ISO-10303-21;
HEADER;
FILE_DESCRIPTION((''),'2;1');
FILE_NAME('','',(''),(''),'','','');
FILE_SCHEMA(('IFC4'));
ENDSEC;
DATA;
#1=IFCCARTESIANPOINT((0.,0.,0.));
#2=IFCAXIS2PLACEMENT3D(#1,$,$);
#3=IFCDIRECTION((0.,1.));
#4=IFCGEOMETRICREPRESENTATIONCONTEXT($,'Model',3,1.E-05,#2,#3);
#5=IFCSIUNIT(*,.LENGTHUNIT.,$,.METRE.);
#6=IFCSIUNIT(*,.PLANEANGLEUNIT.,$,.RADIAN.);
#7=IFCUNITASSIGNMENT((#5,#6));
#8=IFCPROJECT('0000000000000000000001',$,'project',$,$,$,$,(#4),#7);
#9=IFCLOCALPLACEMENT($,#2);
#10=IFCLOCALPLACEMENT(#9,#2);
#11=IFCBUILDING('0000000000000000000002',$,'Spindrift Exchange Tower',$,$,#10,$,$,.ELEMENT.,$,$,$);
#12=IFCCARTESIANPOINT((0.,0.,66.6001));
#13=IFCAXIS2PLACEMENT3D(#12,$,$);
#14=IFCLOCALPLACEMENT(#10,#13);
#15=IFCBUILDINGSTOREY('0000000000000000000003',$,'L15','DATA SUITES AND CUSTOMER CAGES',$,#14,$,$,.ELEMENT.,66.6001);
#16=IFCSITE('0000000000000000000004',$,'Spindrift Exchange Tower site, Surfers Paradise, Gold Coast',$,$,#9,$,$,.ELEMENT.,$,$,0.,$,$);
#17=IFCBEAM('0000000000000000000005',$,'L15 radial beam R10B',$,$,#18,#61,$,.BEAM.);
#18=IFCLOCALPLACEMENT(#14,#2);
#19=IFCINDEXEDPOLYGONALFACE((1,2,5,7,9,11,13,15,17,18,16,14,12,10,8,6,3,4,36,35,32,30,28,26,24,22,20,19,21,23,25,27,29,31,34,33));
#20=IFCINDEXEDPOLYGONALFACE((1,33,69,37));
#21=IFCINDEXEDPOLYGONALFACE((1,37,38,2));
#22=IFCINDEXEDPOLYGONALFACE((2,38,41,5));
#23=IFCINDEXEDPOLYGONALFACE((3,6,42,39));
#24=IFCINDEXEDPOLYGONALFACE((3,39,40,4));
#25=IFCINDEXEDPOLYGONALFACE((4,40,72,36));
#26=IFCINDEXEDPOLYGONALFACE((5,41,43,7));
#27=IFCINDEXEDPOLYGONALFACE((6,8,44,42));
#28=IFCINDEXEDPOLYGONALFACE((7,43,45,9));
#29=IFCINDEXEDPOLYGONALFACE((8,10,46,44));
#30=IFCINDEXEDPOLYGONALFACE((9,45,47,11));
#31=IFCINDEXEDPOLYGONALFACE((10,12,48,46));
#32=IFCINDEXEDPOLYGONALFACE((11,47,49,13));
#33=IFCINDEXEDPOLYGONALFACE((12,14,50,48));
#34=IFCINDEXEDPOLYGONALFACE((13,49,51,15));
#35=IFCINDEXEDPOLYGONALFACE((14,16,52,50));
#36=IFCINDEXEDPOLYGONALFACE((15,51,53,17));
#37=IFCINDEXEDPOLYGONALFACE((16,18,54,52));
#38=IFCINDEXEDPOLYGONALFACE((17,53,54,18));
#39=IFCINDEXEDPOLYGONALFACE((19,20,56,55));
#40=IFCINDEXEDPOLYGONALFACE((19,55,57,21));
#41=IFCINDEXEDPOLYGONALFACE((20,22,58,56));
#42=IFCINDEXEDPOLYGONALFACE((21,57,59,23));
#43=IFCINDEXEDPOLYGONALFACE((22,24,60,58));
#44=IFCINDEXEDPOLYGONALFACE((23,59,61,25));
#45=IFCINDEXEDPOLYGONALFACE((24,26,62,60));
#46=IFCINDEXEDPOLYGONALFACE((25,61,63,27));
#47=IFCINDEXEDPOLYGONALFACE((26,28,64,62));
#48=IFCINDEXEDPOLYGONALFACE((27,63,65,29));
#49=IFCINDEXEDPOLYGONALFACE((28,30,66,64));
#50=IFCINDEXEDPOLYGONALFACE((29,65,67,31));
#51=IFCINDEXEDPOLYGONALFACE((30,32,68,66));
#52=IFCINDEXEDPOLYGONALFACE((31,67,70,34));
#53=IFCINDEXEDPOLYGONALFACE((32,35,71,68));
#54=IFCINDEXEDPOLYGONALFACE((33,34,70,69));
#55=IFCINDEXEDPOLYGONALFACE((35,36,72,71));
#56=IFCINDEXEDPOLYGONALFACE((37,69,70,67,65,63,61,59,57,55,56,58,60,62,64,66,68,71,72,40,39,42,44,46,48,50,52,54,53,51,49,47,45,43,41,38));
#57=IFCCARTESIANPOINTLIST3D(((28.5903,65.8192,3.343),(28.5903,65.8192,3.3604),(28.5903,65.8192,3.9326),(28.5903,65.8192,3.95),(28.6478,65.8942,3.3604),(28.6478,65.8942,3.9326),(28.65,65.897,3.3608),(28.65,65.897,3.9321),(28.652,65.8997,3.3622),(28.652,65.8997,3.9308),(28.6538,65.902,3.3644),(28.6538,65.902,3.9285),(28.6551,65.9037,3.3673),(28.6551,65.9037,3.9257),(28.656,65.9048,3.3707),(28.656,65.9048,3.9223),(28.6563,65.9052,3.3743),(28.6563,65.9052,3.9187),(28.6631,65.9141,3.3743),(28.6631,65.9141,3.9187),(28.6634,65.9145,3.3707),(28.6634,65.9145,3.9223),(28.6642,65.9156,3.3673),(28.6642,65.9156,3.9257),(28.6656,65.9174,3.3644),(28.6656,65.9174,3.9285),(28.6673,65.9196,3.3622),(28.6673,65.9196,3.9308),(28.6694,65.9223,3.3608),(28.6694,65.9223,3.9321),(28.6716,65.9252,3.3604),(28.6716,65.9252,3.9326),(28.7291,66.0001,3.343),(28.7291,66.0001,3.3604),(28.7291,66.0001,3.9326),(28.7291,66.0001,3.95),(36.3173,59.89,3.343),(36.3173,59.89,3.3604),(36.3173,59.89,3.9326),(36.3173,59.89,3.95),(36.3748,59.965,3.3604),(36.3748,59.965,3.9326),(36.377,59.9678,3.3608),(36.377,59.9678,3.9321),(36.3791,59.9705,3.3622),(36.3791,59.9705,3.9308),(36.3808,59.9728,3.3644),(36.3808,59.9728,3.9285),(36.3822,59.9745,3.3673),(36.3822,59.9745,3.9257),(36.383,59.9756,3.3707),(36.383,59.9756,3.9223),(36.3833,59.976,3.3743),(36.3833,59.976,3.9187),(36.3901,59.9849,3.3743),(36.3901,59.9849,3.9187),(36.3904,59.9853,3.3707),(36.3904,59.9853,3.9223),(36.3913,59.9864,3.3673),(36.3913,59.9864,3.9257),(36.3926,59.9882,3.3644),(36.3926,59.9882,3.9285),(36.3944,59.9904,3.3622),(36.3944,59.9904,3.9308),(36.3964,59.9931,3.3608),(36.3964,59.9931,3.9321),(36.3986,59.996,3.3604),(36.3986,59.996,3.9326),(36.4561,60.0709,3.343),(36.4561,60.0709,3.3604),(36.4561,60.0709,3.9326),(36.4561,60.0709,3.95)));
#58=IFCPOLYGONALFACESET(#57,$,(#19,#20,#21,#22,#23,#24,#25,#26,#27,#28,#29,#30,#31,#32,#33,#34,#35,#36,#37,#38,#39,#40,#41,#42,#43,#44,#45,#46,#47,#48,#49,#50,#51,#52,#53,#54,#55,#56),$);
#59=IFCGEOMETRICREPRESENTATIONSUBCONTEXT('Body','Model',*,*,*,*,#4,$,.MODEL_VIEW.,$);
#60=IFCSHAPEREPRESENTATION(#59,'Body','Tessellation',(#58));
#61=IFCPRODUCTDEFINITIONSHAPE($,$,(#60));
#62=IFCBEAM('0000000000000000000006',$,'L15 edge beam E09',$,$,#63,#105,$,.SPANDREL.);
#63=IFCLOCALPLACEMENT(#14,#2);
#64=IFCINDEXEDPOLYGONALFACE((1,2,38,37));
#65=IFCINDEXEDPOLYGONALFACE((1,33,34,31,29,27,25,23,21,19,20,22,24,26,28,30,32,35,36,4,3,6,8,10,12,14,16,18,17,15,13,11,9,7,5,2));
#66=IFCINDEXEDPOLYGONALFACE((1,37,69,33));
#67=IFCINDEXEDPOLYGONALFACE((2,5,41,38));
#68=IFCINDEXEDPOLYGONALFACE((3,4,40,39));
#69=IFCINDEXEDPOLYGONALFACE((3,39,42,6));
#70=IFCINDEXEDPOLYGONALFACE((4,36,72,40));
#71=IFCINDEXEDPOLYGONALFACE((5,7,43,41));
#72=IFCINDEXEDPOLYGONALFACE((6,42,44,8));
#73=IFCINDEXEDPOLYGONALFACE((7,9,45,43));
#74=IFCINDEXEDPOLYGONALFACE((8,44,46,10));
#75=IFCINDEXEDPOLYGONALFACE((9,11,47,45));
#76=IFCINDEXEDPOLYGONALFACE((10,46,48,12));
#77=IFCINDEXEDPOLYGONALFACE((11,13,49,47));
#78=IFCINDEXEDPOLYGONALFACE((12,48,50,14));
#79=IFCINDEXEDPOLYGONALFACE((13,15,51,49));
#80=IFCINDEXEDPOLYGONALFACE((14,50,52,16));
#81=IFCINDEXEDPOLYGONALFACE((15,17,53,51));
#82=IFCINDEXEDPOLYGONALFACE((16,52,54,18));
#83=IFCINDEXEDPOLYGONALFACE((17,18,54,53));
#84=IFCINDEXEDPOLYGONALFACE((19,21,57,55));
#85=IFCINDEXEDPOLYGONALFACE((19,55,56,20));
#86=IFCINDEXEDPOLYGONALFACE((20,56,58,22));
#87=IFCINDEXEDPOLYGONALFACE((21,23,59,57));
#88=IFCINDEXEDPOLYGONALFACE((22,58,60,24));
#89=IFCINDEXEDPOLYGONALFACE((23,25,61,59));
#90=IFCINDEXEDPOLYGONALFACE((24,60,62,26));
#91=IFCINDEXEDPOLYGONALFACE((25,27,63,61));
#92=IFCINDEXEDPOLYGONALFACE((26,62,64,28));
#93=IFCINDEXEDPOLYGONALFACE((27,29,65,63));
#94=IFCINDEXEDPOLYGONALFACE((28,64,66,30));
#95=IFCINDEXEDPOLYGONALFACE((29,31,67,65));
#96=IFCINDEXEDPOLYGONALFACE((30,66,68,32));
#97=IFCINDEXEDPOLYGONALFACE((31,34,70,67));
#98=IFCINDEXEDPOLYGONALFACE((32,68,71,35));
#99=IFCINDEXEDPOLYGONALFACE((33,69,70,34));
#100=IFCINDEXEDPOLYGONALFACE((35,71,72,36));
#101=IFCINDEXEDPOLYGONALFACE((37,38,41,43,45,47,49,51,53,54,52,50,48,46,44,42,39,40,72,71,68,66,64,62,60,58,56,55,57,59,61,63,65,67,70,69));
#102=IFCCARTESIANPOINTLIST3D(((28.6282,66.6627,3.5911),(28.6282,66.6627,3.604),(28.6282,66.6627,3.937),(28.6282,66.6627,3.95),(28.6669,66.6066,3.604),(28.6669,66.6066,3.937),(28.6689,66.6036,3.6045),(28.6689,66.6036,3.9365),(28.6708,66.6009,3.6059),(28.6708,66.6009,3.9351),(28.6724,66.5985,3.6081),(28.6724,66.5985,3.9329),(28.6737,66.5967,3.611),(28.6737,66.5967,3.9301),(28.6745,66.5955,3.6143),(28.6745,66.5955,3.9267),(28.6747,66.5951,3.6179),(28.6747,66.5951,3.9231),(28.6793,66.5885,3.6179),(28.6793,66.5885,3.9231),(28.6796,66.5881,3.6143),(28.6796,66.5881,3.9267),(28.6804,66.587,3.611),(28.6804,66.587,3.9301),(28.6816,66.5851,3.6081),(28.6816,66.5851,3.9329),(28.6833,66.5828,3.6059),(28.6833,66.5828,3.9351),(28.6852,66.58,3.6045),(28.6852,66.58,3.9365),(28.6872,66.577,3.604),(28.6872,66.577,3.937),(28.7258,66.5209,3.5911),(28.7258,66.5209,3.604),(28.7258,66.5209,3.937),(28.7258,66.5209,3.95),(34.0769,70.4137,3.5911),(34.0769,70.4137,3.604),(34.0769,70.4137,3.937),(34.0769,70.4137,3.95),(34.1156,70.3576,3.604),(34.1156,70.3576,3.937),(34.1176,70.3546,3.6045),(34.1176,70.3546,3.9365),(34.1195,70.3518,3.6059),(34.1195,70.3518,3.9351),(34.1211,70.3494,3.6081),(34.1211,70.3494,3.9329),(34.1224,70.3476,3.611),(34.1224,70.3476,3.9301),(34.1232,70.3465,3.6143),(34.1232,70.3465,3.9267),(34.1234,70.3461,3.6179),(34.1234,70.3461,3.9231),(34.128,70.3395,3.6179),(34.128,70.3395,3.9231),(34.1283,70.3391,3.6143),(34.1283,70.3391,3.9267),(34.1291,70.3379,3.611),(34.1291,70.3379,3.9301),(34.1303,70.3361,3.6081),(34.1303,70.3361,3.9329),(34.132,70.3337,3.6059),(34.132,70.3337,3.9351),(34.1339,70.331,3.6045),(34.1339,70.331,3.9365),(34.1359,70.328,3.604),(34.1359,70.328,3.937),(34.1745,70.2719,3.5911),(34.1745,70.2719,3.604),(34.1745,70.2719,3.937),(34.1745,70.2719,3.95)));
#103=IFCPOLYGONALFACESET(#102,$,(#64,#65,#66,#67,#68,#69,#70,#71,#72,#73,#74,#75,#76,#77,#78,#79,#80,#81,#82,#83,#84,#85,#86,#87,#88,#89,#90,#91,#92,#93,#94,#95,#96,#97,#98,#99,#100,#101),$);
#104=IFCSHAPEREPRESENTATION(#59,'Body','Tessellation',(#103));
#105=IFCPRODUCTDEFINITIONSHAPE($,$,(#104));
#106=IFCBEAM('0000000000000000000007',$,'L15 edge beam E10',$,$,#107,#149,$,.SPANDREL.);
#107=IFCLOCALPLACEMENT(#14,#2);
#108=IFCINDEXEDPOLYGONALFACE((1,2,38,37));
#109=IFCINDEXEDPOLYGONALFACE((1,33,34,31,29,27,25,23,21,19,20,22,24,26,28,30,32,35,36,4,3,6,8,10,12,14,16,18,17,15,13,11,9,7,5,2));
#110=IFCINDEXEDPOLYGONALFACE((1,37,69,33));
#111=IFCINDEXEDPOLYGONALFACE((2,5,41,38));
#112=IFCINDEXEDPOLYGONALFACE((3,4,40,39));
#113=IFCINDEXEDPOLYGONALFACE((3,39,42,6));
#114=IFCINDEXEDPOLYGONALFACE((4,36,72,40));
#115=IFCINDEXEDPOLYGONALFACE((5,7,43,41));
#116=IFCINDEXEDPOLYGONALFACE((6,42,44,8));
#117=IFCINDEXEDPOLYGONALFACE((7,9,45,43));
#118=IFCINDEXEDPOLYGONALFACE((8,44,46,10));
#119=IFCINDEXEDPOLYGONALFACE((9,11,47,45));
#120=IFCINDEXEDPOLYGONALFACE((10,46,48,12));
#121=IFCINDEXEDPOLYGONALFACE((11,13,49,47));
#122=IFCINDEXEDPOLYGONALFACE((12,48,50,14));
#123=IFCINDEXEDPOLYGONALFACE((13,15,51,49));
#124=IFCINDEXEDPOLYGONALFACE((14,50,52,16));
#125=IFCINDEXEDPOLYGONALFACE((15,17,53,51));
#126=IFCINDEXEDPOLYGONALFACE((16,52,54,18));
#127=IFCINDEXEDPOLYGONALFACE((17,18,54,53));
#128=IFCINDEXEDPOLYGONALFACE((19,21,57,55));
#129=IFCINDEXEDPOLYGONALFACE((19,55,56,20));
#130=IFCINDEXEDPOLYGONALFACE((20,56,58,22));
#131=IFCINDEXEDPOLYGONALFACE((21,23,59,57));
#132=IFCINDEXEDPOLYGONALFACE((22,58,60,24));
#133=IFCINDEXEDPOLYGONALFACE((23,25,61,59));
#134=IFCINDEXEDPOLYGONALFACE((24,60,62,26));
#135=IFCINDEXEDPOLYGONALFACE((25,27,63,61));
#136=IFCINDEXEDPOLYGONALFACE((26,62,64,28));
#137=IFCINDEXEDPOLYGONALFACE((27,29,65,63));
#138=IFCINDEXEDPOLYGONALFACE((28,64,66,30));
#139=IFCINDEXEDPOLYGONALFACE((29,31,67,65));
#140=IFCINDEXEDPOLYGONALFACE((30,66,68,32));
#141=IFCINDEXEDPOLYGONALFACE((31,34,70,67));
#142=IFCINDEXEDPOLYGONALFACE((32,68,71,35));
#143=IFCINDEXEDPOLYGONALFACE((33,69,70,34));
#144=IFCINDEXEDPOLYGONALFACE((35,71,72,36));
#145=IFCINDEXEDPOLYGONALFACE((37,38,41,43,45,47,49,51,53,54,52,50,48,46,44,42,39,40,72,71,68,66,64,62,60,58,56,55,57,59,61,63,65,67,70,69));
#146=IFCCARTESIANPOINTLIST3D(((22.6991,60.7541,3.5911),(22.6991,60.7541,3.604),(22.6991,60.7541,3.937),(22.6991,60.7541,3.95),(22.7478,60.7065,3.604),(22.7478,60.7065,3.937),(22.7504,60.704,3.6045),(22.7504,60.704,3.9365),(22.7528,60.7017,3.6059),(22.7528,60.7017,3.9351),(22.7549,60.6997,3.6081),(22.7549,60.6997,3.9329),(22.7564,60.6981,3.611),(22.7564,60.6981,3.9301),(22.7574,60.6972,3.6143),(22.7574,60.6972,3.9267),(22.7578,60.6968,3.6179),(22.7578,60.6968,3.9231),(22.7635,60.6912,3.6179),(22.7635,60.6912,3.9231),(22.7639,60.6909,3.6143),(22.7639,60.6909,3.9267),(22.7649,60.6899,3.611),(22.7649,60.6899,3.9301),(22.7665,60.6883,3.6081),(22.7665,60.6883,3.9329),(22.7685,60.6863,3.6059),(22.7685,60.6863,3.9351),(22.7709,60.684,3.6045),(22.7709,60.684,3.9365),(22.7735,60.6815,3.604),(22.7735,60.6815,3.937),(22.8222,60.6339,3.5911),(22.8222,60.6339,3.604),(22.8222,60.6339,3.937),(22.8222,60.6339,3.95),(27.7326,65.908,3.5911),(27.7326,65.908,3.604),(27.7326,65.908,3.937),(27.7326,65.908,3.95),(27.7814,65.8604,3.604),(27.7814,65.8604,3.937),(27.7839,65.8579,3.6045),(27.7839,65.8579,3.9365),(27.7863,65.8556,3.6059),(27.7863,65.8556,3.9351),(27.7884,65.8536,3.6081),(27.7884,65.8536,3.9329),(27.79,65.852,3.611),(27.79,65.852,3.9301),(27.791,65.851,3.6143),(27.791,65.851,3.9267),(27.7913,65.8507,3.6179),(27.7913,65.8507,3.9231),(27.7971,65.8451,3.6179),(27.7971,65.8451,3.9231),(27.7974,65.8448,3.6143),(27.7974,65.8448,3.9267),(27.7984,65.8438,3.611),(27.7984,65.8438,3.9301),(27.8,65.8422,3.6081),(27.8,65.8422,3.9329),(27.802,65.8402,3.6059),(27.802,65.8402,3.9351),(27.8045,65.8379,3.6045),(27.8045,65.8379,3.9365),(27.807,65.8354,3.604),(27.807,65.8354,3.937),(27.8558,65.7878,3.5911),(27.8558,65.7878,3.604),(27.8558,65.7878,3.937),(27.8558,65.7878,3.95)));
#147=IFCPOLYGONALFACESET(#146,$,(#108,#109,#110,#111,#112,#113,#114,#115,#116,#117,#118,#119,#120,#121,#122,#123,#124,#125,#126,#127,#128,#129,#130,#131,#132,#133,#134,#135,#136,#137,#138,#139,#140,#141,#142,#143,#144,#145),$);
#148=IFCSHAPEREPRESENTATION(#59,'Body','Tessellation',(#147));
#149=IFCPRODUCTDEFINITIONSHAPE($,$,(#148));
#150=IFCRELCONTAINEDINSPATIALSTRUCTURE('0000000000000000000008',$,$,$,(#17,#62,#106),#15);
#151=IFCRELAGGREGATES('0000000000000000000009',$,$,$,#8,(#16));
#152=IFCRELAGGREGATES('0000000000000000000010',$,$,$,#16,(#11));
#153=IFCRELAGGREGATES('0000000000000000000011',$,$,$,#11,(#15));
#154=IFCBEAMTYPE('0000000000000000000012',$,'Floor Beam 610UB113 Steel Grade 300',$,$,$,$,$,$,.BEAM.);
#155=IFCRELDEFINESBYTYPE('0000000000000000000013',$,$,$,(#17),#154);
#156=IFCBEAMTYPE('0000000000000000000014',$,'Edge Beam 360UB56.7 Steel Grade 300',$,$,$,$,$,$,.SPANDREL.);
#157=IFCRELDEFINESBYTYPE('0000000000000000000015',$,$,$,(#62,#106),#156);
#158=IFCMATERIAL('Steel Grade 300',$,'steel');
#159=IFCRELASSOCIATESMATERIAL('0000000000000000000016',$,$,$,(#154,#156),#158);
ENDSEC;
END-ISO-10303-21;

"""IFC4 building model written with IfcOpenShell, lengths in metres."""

from ifc_helpers import new_model, si_unit, direction, frame, origin, origin_2d, place, context, subcontext, project, spatial, i_section, extrude, source, transform, mapped, material, material_profile, profile_set, type_object, element, save


model = new_model("IFC4")

# Units and contexts
model_context = context("Model", 3, precision=1e-05, world=origin(), true_north=direction((0.0, 1.0)))
body_context = subcontext(model_context, "Body", "Model", "MODEL_VIEW")
ifc_project = project(units=[si_unit("LENGTHUNIT", "METRE"), si_unit("PLANEANGLEUNIT", "RADIAN")], contexts=[model_context])

# Site, building, storey
site_placement = place(None, origin())
site = spatial("IfcSite", under=ifc_project, at=site_placement, Name="Spindrift Exchange Tower site, Surfers Paradise, Gold Coast", CompositionType="ELEMENT", RefElevation=0.0)
building_placement = place(site_placement, origin())
building = spatial("IfcBuilding", under=site, at=building_placement, Name="Spindrift Exchange Tower", CompositionType="ELEMENT")
storey_placement = place(building_placement, frame((0.0, 0.0, 66.6001)))
storey = spatial("IfcBuildingStorey", under=building, at=storey_placement, Name="L15", Description="DATA SUITES AND CUSTOMER CAGES", CompositionType="ELEMENT", Elevation=66.6001)

# Beams
ifc_material_1 = material(Name="Steel Grade 300", Category="steel")
ifc_material_profile_1 = material_profile(ifc_material_1, i_section(OverallWidth=0.228, OverallDepth=0.6069, WebThickness=0.0112, FlangeThickness=0.0173, FilletRadius=0.0139, at=origin_2d()), Name="610UB113")
ifc_profile_set_1 = profile_set([ifc_material_profile_1], Name="Steel Grade 300")
beam_type_1 = type_object("IfcBeamType", Name="Floor Beam 610UB113 Steel Grade 300", PredefinedType="BEAM", material=ifc_profile_set_1)
shared_shape_1 = source(origin(), body_context, "Body", "SweptSolid", [
    extrude(i_section(OverallWidth=0.228, OverallDepth=0.6069, WebThickness=0.0112, FlangeThickness=0.0173, FilletRadius=0.0139, at=origin_2d()), origin(), (0.0, 0.0, 1.0), 9.7397),
])
beam_1_placement = place(storey_placement, frame((36.3867, 59.9805, 3.6465), z_axis=(-0.793352, 0.608763, 0.0), x_axis=(-0.608763, -0.793352, 0.0)))
element("IfcBeam", 1, at=beam_1_placement, inside=storey, type_object=beam_type_1, Name="L15 radial beam R10B", PredefinedType="BEAM", context=body_context, shape_type="MappedRepresentation", body=[
    mapped(shared_shape_1, transform((0.0, 0.0, 0.0), scale=1.0)),
])
ifc_material_profile_2 = material_profile(ifc_material_1, i_section(OverallWidth=0.1721, OverallDepth=0.3589, WebThickness=0.0081, FlangeThickness=0.0129, FilletRadius=0.0139, at=origin_2d()), Name="360UB56.7")
ifc_profile_set_2 = profile_set([ifc_material_profile_2], Name="Steel Grade 300")
beam_type_2 = type_object("IfcBeamType", Name="Edge Beam 360UB56.7 Steel Grade 300", PredefinedType="SPANDREL", material=ifc_profile_set_2)
shared_shape_2 = source(origin(), body_context, "Body", "SweptSolid", [
    extrude(i_section(OverallWidth=0.1721, OverallDepth=0.3589, WebThickness=0.0081, FlangeThickness=0.0129, FilletRadius=0.0139, at=origin_2d()), origin(), (0.0, 0.0, 1.0), 6.615),
])
beam_2_placement = place(storey_placement, frame((34.1257, 70.3428, 3.7705), z_axis=(-0.823691, -0.567039, 0.0), x_axis=(0.567039, -0.823691, 0.0)))
element("IfcBeam", 2, at=beam_2_placement, inside=storey, type_object=beam_type_2, Name="L15 edge beam E09", PredefinedType="SPANDREL", context=body_context, shape_type="MappedRepresentation", body=[
    mapped(shared_shape_2, transform((0.0, 0.0, 0.0), scale=1.0)),
])
shared_shape_3 = source(origin(), body_context, "Body", "SweptSolid", [
    extrude(i_section(OverallWidth=0.1721, OverallDepth=0.3589, WebThickness=0.0081, FlangeThickness=0.0129, FilletRadius=0.0139, at=origin_2d()), origin(), (0.0, 0.0, 1.0), 7.2041),
])
beam_3_placement = place(storey_placement, frame((27.7942, 65.8479, 3.7705), z_axis=(-0.698704, -0.715411, 0.0), x_axis=(0.715411, -0.698704, 0.0)))
element("IfcBeam", 3, at=beam_3_placement, inside=storey, type_object=beam_type_2, Name="L15 edge beam E10", PredefinedType="SPANDREL", context=body_context, shape_type="MappedRepresentation", body=[
    mapped(shared_shape_3, transform((0.0, 0.0, 0.0), scale=1.0)),
])

save(model, "model.ifc")
